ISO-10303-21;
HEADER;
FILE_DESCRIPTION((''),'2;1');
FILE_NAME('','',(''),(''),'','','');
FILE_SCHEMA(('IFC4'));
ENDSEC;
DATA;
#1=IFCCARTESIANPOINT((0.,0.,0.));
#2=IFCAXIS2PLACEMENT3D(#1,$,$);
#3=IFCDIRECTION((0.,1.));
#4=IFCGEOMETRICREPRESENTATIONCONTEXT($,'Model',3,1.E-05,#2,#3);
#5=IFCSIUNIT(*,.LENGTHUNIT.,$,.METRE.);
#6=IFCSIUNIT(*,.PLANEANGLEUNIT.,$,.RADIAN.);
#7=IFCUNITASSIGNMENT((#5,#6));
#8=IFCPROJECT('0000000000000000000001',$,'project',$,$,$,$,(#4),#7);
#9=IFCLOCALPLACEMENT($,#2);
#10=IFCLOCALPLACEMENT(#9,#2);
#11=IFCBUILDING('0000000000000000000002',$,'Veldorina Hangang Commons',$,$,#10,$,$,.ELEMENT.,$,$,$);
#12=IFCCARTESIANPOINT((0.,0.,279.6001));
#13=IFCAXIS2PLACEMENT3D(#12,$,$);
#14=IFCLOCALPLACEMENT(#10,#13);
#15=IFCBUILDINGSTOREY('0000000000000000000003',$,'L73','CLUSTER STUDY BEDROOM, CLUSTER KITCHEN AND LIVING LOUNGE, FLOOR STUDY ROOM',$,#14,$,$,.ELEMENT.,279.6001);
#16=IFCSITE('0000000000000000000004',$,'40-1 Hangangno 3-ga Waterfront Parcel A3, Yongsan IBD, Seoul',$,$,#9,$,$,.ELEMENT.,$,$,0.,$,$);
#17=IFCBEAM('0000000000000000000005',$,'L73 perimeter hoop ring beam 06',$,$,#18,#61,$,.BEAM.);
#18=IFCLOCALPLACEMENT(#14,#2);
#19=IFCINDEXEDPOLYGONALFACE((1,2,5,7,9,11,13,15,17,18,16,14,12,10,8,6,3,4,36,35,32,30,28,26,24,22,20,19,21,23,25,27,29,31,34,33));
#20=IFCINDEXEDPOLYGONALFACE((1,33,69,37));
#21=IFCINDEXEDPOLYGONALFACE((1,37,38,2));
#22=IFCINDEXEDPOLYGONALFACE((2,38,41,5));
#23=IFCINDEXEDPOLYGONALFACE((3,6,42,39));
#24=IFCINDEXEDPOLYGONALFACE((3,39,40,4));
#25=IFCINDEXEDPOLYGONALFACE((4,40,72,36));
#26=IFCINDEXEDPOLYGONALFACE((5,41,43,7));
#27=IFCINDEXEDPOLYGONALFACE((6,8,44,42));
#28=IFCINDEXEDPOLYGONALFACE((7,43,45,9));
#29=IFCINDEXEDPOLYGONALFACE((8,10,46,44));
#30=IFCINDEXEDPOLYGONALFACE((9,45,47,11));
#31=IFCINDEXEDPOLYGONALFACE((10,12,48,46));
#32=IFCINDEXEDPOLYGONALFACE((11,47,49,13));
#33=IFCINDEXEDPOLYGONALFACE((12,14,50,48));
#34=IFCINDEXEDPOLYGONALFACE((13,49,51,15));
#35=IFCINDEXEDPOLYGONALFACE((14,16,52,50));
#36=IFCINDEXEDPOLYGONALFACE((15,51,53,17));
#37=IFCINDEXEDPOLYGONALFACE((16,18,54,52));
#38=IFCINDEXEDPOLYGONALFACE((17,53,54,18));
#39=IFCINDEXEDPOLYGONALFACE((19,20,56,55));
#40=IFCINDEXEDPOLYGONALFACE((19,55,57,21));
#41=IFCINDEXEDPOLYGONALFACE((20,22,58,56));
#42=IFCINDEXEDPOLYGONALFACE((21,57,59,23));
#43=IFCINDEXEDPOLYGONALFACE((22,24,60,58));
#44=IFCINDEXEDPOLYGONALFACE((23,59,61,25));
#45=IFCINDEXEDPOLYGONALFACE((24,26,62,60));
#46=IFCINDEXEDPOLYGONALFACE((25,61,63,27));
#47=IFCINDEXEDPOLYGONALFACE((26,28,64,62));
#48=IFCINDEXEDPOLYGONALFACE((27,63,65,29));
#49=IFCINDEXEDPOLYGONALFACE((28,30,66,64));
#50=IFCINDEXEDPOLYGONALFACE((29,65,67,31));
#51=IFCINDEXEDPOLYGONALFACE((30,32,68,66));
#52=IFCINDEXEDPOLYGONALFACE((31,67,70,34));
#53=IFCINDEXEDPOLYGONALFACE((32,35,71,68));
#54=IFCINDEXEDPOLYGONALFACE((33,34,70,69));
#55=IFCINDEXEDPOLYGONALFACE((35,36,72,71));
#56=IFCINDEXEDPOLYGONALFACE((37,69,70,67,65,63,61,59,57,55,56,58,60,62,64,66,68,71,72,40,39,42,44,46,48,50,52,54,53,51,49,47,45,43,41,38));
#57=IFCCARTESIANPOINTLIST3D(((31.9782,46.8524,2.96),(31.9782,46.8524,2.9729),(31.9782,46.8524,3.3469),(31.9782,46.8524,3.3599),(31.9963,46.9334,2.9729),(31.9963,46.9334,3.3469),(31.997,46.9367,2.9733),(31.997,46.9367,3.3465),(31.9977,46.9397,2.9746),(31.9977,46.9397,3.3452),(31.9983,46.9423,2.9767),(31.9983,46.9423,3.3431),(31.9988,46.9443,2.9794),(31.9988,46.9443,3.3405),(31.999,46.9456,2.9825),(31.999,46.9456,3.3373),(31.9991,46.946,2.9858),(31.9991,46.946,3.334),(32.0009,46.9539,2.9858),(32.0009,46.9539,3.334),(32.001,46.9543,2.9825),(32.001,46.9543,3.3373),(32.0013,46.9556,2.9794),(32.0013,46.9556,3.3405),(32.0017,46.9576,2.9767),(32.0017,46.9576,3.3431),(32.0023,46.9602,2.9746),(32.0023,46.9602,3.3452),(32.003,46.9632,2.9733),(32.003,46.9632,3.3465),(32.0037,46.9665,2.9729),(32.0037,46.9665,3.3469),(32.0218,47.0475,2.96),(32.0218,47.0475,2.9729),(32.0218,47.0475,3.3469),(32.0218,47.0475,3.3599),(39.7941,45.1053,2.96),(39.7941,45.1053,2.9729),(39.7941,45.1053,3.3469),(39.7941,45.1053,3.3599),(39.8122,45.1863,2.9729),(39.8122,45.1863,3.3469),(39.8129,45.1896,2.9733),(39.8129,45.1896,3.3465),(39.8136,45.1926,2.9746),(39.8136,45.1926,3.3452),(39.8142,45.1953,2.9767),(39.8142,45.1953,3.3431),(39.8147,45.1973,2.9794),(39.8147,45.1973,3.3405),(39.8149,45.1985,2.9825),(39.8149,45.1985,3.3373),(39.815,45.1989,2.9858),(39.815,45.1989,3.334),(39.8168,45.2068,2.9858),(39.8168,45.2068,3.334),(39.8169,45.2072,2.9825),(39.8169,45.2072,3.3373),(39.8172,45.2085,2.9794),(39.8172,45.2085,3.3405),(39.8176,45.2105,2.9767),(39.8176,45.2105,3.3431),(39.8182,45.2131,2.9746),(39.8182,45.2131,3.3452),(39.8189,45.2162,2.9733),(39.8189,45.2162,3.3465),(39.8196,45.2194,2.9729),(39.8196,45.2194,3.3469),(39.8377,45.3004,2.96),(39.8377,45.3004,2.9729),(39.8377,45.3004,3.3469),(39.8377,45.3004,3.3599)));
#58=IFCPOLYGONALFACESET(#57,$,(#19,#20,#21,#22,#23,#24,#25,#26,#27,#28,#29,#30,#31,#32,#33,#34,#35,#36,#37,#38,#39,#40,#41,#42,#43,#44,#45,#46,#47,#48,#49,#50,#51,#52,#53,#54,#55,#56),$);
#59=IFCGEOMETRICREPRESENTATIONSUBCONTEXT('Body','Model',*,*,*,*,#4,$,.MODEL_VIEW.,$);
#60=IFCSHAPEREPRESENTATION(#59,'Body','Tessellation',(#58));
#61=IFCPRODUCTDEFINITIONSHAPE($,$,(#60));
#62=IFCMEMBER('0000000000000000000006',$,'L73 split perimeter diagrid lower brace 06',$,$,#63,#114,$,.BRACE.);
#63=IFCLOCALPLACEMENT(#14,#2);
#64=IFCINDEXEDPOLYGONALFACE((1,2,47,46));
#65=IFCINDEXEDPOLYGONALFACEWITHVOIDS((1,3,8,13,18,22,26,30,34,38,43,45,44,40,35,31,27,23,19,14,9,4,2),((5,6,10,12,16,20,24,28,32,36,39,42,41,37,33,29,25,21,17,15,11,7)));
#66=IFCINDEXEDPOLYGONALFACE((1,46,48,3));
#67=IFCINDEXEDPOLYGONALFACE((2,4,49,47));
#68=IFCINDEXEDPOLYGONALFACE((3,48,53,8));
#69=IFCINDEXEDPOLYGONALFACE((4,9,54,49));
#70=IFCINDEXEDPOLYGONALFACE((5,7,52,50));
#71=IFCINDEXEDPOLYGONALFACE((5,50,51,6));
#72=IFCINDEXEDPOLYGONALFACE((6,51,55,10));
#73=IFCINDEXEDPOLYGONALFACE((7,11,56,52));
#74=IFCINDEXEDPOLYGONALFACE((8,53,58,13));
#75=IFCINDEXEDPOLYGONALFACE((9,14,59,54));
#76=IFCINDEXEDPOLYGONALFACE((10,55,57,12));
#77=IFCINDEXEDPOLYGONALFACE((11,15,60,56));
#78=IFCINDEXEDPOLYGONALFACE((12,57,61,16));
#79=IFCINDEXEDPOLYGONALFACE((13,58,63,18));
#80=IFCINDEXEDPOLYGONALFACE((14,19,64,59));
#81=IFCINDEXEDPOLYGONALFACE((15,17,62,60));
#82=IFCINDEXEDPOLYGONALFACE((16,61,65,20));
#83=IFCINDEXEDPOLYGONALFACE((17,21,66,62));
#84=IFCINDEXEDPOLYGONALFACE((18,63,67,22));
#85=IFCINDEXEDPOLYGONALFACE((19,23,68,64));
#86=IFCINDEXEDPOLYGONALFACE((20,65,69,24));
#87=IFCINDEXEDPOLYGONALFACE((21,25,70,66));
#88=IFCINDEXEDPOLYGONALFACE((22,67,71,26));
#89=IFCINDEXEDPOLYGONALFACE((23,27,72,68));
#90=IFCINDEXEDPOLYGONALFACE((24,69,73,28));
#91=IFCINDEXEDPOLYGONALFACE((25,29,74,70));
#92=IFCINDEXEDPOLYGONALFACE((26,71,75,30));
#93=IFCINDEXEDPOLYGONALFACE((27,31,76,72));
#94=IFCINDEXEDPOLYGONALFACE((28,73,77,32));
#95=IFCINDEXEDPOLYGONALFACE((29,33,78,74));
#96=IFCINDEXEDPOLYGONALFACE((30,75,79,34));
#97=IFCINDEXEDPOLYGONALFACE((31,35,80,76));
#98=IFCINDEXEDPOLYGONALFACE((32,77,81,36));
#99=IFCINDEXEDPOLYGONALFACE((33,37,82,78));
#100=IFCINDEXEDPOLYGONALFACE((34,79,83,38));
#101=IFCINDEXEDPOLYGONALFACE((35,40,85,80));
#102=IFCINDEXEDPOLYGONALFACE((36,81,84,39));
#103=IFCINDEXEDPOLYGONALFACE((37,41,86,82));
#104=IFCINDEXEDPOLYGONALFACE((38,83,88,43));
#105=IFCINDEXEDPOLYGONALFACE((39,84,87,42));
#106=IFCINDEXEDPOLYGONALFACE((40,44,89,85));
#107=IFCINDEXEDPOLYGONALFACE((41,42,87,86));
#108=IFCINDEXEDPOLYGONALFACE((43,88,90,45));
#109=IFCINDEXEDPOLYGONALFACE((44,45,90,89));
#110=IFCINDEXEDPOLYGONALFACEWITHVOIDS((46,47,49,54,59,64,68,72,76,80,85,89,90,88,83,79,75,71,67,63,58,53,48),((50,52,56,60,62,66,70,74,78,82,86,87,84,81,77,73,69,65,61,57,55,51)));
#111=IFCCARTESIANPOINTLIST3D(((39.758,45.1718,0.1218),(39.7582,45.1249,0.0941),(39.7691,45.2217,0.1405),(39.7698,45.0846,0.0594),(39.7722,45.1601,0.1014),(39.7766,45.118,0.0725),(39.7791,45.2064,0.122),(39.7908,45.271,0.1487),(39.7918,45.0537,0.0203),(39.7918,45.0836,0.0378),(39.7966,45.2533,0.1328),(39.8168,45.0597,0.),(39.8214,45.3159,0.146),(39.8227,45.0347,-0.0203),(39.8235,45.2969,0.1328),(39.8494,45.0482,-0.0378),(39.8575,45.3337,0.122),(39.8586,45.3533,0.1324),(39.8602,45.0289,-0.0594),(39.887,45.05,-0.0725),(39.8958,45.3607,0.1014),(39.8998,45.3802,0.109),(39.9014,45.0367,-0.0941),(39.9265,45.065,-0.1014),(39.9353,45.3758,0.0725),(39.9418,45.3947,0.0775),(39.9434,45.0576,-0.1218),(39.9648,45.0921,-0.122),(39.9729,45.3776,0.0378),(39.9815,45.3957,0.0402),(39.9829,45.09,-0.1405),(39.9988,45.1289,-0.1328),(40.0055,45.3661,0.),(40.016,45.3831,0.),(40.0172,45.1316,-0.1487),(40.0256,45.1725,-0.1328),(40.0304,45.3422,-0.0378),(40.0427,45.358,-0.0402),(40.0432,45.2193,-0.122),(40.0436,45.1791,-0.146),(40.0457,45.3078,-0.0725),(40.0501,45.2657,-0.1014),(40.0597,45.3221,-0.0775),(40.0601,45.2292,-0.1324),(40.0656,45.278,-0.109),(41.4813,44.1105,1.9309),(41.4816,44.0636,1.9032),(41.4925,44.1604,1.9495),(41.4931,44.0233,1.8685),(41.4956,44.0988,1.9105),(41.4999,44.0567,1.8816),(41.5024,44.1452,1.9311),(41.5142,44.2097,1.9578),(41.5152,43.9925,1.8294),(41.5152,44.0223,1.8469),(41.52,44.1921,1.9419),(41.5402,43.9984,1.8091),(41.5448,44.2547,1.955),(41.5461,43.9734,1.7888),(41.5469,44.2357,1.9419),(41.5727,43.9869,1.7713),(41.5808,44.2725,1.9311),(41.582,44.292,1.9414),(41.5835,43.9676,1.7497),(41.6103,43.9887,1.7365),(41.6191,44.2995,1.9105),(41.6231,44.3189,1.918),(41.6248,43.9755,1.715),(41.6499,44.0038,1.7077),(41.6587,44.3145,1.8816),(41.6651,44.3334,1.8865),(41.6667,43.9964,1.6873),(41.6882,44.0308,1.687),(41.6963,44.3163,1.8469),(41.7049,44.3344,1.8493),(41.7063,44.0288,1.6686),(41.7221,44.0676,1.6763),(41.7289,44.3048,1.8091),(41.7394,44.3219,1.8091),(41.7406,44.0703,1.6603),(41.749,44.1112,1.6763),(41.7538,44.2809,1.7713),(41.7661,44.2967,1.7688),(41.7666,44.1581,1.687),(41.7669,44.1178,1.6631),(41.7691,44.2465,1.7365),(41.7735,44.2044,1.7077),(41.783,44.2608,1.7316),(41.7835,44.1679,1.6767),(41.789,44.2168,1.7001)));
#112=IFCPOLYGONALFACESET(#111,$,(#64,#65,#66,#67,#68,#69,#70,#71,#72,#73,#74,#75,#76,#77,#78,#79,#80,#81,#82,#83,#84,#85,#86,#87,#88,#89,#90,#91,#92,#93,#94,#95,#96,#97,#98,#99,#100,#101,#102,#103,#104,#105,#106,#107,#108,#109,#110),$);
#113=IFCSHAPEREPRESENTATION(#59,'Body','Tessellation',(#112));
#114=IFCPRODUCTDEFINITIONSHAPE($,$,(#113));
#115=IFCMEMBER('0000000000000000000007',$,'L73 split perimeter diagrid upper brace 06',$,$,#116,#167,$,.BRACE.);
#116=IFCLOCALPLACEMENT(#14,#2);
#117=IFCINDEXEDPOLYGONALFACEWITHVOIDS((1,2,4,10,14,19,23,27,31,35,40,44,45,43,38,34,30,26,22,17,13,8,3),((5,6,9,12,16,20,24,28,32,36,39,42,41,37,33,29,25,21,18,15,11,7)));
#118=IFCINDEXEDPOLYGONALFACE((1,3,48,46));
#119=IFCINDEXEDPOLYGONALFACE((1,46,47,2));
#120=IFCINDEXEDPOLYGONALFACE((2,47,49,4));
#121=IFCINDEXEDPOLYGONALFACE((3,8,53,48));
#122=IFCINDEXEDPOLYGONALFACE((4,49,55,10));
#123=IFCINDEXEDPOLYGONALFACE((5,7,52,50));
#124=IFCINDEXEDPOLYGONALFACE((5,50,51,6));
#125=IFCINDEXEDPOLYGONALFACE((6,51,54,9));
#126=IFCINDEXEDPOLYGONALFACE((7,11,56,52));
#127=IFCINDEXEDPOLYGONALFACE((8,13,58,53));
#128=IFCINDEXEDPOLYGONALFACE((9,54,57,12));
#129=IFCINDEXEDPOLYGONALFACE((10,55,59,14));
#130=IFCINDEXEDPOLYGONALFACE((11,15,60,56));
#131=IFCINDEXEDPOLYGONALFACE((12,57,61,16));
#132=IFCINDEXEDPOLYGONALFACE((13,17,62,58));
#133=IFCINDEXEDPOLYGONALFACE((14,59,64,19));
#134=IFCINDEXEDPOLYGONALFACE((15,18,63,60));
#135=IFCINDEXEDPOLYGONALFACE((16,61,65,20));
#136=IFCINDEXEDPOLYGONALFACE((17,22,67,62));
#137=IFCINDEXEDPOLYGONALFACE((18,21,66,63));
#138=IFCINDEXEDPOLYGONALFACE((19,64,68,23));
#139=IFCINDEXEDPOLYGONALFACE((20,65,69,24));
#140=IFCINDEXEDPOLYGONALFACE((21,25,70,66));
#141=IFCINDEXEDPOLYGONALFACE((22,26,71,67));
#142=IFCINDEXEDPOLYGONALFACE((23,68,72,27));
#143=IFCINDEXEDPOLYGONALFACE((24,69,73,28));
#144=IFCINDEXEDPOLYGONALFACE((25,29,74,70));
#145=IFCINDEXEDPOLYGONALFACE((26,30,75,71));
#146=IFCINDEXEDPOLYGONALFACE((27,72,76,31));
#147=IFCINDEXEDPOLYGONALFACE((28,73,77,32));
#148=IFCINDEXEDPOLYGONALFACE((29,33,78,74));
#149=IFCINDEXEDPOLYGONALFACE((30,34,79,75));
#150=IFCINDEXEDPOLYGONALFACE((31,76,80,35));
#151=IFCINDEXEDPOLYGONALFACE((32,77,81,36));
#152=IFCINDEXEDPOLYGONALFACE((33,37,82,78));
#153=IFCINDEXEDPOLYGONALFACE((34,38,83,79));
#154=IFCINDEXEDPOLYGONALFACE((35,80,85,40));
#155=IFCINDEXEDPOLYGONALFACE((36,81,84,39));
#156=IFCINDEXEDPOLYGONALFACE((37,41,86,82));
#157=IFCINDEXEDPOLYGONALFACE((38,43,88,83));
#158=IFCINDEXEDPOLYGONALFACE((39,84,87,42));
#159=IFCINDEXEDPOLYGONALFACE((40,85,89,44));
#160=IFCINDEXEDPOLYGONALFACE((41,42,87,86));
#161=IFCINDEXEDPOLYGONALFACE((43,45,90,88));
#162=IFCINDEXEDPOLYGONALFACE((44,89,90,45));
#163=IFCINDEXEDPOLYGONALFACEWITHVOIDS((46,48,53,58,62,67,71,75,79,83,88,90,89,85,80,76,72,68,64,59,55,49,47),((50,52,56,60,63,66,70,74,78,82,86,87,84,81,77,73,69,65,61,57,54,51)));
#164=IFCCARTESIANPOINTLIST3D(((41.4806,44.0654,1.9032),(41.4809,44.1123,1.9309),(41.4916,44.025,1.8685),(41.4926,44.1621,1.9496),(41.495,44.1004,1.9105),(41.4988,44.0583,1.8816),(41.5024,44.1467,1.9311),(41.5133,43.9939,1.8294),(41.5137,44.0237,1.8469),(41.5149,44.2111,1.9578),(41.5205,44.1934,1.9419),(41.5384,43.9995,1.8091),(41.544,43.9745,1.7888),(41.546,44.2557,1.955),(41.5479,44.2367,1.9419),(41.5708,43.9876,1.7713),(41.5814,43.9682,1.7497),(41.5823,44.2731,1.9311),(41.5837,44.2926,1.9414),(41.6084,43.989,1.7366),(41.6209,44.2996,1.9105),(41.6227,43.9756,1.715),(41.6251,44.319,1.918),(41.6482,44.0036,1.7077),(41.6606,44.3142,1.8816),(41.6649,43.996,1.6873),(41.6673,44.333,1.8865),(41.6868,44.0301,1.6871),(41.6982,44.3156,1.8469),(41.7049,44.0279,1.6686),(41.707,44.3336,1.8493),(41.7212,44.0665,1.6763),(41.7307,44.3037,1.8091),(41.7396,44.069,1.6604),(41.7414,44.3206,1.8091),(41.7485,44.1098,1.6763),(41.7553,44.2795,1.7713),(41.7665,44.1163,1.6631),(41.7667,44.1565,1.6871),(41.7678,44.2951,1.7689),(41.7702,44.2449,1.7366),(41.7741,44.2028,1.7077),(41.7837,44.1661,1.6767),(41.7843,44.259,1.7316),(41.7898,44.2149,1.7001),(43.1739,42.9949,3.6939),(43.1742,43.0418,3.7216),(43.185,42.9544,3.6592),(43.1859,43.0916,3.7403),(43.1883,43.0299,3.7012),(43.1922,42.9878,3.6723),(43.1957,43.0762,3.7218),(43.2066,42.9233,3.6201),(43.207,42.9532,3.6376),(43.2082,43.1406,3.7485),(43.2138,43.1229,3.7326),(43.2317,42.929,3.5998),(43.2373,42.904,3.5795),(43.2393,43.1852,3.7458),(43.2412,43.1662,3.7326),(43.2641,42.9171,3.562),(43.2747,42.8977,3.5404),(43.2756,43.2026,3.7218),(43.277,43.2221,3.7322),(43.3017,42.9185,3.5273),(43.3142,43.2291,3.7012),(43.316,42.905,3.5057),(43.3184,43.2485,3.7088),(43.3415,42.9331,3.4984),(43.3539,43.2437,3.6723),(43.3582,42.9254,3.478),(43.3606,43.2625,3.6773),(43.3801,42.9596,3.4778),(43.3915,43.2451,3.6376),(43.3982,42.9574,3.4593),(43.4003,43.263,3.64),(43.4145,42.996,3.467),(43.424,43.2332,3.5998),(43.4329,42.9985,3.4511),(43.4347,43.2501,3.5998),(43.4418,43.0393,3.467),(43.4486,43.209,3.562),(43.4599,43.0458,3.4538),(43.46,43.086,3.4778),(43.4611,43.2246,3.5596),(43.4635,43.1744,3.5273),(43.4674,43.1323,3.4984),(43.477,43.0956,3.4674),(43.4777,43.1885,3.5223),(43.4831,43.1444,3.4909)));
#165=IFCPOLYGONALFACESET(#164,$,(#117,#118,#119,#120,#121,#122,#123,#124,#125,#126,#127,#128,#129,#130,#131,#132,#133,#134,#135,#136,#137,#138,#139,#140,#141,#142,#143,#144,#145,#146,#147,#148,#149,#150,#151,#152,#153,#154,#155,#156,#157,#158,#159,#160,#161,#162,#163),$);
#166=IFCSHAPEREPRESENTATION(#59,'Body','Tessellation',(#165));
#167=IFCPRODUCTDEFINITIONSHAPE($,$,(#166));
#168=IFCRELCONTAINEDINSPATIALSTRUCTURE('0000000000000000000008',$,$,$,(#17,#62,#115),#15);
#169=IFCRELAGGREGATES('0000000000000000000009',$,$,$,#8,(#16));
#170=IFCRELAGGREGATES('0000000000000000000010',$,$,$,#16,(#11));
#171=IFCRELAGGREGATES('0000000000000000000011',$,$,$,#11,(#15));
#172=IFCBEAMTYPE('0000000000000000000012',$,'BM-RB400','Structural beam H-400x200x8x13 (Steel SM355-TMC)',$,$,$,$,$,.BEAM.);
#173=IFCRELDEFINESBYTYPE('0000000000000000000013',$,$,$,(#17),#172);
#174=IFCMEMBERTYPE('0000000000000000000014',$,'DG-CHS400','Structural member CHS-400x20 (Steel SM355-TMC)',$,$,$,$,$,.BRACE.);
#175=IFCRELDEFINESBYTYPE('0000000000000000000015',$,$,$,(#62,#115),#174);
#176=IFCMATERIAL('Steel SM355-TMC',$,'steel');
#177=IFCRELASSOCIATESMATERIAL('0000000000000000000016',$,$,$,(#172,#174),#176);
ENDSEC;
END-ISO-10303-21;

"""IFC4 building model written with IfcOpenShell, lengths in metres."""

from ifc_helpers import new_model, si_unit, direction, frame, origin, origin_2d, place, context, subcontext, project, spatial, hollow_circle, i_section, extrude, material, material_profile, profile_set, type_object, element, save


model = new_model("IFC4")

# Units and contexts
model_context = context("Model", 3, precision=1e-05, world=origin(), true_north=direction((0.0, 1.0)))
body_context = subcontext(model_context, "Body", "Model", "MODEL_VIEW")
ifc_project = project(units=[si_unit("LENGTHUNIT", "METRE"), si_unit("PLANEANGLEUNIT", "RADIAN")], contexts=[model_context])

# Site, building, storey
site_placement = place(None, origin())
site = spatial("IfcSite", under=ifc_project, at=site_placement, Name="40-1 Hangangno 3-ga Waterfront Parcel A3, Yongsan IBD, Seoul", CompositionType="ELEMENT", RefElevation=0.0)
building_placement = place(site_placement, origin())
building = spatial("IfcBuilding", under=site, at=building_placement, Name="Veldorina Hangang Commons", CompositionType="ELEMENT")
storey_placement = place(building_placement, frame((0.0, 0.0, 279.6001)))
storey = spatial("IfcBuildingStorey", under=building, at=storey_placement, Name="L73", Description="CLUSTER STUDY BEDROOM, CLUSTER KITCHEN AND LIVING LOUNGE, FLOOR STUDY ROOM", CompositionType="ELEMENT", Elevation=279.6001)

# Beam
ifc_material_1 = material(Name="Steel SM355-TMC", Category="steel")
ifc_material_profile_1 = material_profile(ifc_material_1, i_section(OverallWidth=0.2, OverallDepth=0.3999, WebThickness=0.0081, FlangeThickness=0.0129, FilletRadius=0.0129, at=origin_2d()), Name="H-400x200x8x13")
ifc_profile_set_1 = profile_set([ifc_material_profile_1], Name="Steel SM355-TMC")
beam_type = type_object("IfcBeamType", Name="BM-RB400", Description="Structural beam H-400x200x8x13 (Steel SM355-TMC)", PredefinedType="BEAM", material=ifc_profile_set_1)
beam_placement = place(storey_placement, frame((39.8159, 45.2029, 3.1599), z_axis=(-0.975917, 0.218144, 0.0), x_axis=(-0.218144, -0.975917, 0.0)))
element("IfcBeam", 1, at=beam_placement, inside=storey, type_object=beam_type, Name="L73 perimeter hoop ring beam 06", PredefinedType="BEAM", context=body_context, shape_type="SweptSolid", body=[
    extrude(i_section(OverallWidth=0.2, OverallDepth=0.3999, WebThickness=0.0081, FlangeThickness=0.0129, FilletRadius=0.0129, at=origin_2d()), origin(), (0.0, 0.0, 1.0), 8.0088),
])

# Members
ifc_material_profile_2 = material_profile(ifc_material_1, hollow_circle(Radius=0.2, WallThickness=0.02, at=origin_2d()), Name="CHS-400x20")
ifc_profile_set_2 = profile_set([ifc_material_profile_2], Name="Steel SM355-TMC")
member_type_1 = type_object("IfcMemberType", Name="DG-CHS400", Description="Structural member CHS-400x20 (Steel SM355-TMC)", PredefinedType="BRACE", material=ifc_profile_set_2)
member_1_placement = place(storey_placement, frame((39.9111, 45.2129, 0.0), z_axis=(0.634855, -0.39095, 0.666422), x_axis=(0.52436, 0.851497, 0.0)))
element("IfcMember", 2, at=member_1_placement, inside=storey, type_object=member_type_1, Name="L73 split perimeter diagrid lower brace 06", PredefinedType="BRACE", context=body_context, shape_type="SweptSolid", body=[
    extrude(hollow_circle(Radius=0.2, WallThickness=0.02, at=origin_2d()), origin(), (0.0, 0.0, 1.0), 2.7146),
])
member_2_placement = place(storey_placement, frame((41.6345, 44.1516, 1.8091), z_axis=(0.630185, -0.398408, 0.666437), x_axis=(0.534373, 0.845248, 0.0)))
element("IfcMember", 3, at=member_2_placement, inside=storey, type_object=member_type_1, Name="L73 split perimeter diagrid upper brace 06", PredefinedType="BRACE", context=body_context, shape_type="SweptSolid", body=[
    extrude(hollow_circle(Radius=0.2, WallThickness=0.02, at=origin_2d()), origin(), (0.0, 0.0, 1.0), 2.687),
])

save(model, "model.ifc")
